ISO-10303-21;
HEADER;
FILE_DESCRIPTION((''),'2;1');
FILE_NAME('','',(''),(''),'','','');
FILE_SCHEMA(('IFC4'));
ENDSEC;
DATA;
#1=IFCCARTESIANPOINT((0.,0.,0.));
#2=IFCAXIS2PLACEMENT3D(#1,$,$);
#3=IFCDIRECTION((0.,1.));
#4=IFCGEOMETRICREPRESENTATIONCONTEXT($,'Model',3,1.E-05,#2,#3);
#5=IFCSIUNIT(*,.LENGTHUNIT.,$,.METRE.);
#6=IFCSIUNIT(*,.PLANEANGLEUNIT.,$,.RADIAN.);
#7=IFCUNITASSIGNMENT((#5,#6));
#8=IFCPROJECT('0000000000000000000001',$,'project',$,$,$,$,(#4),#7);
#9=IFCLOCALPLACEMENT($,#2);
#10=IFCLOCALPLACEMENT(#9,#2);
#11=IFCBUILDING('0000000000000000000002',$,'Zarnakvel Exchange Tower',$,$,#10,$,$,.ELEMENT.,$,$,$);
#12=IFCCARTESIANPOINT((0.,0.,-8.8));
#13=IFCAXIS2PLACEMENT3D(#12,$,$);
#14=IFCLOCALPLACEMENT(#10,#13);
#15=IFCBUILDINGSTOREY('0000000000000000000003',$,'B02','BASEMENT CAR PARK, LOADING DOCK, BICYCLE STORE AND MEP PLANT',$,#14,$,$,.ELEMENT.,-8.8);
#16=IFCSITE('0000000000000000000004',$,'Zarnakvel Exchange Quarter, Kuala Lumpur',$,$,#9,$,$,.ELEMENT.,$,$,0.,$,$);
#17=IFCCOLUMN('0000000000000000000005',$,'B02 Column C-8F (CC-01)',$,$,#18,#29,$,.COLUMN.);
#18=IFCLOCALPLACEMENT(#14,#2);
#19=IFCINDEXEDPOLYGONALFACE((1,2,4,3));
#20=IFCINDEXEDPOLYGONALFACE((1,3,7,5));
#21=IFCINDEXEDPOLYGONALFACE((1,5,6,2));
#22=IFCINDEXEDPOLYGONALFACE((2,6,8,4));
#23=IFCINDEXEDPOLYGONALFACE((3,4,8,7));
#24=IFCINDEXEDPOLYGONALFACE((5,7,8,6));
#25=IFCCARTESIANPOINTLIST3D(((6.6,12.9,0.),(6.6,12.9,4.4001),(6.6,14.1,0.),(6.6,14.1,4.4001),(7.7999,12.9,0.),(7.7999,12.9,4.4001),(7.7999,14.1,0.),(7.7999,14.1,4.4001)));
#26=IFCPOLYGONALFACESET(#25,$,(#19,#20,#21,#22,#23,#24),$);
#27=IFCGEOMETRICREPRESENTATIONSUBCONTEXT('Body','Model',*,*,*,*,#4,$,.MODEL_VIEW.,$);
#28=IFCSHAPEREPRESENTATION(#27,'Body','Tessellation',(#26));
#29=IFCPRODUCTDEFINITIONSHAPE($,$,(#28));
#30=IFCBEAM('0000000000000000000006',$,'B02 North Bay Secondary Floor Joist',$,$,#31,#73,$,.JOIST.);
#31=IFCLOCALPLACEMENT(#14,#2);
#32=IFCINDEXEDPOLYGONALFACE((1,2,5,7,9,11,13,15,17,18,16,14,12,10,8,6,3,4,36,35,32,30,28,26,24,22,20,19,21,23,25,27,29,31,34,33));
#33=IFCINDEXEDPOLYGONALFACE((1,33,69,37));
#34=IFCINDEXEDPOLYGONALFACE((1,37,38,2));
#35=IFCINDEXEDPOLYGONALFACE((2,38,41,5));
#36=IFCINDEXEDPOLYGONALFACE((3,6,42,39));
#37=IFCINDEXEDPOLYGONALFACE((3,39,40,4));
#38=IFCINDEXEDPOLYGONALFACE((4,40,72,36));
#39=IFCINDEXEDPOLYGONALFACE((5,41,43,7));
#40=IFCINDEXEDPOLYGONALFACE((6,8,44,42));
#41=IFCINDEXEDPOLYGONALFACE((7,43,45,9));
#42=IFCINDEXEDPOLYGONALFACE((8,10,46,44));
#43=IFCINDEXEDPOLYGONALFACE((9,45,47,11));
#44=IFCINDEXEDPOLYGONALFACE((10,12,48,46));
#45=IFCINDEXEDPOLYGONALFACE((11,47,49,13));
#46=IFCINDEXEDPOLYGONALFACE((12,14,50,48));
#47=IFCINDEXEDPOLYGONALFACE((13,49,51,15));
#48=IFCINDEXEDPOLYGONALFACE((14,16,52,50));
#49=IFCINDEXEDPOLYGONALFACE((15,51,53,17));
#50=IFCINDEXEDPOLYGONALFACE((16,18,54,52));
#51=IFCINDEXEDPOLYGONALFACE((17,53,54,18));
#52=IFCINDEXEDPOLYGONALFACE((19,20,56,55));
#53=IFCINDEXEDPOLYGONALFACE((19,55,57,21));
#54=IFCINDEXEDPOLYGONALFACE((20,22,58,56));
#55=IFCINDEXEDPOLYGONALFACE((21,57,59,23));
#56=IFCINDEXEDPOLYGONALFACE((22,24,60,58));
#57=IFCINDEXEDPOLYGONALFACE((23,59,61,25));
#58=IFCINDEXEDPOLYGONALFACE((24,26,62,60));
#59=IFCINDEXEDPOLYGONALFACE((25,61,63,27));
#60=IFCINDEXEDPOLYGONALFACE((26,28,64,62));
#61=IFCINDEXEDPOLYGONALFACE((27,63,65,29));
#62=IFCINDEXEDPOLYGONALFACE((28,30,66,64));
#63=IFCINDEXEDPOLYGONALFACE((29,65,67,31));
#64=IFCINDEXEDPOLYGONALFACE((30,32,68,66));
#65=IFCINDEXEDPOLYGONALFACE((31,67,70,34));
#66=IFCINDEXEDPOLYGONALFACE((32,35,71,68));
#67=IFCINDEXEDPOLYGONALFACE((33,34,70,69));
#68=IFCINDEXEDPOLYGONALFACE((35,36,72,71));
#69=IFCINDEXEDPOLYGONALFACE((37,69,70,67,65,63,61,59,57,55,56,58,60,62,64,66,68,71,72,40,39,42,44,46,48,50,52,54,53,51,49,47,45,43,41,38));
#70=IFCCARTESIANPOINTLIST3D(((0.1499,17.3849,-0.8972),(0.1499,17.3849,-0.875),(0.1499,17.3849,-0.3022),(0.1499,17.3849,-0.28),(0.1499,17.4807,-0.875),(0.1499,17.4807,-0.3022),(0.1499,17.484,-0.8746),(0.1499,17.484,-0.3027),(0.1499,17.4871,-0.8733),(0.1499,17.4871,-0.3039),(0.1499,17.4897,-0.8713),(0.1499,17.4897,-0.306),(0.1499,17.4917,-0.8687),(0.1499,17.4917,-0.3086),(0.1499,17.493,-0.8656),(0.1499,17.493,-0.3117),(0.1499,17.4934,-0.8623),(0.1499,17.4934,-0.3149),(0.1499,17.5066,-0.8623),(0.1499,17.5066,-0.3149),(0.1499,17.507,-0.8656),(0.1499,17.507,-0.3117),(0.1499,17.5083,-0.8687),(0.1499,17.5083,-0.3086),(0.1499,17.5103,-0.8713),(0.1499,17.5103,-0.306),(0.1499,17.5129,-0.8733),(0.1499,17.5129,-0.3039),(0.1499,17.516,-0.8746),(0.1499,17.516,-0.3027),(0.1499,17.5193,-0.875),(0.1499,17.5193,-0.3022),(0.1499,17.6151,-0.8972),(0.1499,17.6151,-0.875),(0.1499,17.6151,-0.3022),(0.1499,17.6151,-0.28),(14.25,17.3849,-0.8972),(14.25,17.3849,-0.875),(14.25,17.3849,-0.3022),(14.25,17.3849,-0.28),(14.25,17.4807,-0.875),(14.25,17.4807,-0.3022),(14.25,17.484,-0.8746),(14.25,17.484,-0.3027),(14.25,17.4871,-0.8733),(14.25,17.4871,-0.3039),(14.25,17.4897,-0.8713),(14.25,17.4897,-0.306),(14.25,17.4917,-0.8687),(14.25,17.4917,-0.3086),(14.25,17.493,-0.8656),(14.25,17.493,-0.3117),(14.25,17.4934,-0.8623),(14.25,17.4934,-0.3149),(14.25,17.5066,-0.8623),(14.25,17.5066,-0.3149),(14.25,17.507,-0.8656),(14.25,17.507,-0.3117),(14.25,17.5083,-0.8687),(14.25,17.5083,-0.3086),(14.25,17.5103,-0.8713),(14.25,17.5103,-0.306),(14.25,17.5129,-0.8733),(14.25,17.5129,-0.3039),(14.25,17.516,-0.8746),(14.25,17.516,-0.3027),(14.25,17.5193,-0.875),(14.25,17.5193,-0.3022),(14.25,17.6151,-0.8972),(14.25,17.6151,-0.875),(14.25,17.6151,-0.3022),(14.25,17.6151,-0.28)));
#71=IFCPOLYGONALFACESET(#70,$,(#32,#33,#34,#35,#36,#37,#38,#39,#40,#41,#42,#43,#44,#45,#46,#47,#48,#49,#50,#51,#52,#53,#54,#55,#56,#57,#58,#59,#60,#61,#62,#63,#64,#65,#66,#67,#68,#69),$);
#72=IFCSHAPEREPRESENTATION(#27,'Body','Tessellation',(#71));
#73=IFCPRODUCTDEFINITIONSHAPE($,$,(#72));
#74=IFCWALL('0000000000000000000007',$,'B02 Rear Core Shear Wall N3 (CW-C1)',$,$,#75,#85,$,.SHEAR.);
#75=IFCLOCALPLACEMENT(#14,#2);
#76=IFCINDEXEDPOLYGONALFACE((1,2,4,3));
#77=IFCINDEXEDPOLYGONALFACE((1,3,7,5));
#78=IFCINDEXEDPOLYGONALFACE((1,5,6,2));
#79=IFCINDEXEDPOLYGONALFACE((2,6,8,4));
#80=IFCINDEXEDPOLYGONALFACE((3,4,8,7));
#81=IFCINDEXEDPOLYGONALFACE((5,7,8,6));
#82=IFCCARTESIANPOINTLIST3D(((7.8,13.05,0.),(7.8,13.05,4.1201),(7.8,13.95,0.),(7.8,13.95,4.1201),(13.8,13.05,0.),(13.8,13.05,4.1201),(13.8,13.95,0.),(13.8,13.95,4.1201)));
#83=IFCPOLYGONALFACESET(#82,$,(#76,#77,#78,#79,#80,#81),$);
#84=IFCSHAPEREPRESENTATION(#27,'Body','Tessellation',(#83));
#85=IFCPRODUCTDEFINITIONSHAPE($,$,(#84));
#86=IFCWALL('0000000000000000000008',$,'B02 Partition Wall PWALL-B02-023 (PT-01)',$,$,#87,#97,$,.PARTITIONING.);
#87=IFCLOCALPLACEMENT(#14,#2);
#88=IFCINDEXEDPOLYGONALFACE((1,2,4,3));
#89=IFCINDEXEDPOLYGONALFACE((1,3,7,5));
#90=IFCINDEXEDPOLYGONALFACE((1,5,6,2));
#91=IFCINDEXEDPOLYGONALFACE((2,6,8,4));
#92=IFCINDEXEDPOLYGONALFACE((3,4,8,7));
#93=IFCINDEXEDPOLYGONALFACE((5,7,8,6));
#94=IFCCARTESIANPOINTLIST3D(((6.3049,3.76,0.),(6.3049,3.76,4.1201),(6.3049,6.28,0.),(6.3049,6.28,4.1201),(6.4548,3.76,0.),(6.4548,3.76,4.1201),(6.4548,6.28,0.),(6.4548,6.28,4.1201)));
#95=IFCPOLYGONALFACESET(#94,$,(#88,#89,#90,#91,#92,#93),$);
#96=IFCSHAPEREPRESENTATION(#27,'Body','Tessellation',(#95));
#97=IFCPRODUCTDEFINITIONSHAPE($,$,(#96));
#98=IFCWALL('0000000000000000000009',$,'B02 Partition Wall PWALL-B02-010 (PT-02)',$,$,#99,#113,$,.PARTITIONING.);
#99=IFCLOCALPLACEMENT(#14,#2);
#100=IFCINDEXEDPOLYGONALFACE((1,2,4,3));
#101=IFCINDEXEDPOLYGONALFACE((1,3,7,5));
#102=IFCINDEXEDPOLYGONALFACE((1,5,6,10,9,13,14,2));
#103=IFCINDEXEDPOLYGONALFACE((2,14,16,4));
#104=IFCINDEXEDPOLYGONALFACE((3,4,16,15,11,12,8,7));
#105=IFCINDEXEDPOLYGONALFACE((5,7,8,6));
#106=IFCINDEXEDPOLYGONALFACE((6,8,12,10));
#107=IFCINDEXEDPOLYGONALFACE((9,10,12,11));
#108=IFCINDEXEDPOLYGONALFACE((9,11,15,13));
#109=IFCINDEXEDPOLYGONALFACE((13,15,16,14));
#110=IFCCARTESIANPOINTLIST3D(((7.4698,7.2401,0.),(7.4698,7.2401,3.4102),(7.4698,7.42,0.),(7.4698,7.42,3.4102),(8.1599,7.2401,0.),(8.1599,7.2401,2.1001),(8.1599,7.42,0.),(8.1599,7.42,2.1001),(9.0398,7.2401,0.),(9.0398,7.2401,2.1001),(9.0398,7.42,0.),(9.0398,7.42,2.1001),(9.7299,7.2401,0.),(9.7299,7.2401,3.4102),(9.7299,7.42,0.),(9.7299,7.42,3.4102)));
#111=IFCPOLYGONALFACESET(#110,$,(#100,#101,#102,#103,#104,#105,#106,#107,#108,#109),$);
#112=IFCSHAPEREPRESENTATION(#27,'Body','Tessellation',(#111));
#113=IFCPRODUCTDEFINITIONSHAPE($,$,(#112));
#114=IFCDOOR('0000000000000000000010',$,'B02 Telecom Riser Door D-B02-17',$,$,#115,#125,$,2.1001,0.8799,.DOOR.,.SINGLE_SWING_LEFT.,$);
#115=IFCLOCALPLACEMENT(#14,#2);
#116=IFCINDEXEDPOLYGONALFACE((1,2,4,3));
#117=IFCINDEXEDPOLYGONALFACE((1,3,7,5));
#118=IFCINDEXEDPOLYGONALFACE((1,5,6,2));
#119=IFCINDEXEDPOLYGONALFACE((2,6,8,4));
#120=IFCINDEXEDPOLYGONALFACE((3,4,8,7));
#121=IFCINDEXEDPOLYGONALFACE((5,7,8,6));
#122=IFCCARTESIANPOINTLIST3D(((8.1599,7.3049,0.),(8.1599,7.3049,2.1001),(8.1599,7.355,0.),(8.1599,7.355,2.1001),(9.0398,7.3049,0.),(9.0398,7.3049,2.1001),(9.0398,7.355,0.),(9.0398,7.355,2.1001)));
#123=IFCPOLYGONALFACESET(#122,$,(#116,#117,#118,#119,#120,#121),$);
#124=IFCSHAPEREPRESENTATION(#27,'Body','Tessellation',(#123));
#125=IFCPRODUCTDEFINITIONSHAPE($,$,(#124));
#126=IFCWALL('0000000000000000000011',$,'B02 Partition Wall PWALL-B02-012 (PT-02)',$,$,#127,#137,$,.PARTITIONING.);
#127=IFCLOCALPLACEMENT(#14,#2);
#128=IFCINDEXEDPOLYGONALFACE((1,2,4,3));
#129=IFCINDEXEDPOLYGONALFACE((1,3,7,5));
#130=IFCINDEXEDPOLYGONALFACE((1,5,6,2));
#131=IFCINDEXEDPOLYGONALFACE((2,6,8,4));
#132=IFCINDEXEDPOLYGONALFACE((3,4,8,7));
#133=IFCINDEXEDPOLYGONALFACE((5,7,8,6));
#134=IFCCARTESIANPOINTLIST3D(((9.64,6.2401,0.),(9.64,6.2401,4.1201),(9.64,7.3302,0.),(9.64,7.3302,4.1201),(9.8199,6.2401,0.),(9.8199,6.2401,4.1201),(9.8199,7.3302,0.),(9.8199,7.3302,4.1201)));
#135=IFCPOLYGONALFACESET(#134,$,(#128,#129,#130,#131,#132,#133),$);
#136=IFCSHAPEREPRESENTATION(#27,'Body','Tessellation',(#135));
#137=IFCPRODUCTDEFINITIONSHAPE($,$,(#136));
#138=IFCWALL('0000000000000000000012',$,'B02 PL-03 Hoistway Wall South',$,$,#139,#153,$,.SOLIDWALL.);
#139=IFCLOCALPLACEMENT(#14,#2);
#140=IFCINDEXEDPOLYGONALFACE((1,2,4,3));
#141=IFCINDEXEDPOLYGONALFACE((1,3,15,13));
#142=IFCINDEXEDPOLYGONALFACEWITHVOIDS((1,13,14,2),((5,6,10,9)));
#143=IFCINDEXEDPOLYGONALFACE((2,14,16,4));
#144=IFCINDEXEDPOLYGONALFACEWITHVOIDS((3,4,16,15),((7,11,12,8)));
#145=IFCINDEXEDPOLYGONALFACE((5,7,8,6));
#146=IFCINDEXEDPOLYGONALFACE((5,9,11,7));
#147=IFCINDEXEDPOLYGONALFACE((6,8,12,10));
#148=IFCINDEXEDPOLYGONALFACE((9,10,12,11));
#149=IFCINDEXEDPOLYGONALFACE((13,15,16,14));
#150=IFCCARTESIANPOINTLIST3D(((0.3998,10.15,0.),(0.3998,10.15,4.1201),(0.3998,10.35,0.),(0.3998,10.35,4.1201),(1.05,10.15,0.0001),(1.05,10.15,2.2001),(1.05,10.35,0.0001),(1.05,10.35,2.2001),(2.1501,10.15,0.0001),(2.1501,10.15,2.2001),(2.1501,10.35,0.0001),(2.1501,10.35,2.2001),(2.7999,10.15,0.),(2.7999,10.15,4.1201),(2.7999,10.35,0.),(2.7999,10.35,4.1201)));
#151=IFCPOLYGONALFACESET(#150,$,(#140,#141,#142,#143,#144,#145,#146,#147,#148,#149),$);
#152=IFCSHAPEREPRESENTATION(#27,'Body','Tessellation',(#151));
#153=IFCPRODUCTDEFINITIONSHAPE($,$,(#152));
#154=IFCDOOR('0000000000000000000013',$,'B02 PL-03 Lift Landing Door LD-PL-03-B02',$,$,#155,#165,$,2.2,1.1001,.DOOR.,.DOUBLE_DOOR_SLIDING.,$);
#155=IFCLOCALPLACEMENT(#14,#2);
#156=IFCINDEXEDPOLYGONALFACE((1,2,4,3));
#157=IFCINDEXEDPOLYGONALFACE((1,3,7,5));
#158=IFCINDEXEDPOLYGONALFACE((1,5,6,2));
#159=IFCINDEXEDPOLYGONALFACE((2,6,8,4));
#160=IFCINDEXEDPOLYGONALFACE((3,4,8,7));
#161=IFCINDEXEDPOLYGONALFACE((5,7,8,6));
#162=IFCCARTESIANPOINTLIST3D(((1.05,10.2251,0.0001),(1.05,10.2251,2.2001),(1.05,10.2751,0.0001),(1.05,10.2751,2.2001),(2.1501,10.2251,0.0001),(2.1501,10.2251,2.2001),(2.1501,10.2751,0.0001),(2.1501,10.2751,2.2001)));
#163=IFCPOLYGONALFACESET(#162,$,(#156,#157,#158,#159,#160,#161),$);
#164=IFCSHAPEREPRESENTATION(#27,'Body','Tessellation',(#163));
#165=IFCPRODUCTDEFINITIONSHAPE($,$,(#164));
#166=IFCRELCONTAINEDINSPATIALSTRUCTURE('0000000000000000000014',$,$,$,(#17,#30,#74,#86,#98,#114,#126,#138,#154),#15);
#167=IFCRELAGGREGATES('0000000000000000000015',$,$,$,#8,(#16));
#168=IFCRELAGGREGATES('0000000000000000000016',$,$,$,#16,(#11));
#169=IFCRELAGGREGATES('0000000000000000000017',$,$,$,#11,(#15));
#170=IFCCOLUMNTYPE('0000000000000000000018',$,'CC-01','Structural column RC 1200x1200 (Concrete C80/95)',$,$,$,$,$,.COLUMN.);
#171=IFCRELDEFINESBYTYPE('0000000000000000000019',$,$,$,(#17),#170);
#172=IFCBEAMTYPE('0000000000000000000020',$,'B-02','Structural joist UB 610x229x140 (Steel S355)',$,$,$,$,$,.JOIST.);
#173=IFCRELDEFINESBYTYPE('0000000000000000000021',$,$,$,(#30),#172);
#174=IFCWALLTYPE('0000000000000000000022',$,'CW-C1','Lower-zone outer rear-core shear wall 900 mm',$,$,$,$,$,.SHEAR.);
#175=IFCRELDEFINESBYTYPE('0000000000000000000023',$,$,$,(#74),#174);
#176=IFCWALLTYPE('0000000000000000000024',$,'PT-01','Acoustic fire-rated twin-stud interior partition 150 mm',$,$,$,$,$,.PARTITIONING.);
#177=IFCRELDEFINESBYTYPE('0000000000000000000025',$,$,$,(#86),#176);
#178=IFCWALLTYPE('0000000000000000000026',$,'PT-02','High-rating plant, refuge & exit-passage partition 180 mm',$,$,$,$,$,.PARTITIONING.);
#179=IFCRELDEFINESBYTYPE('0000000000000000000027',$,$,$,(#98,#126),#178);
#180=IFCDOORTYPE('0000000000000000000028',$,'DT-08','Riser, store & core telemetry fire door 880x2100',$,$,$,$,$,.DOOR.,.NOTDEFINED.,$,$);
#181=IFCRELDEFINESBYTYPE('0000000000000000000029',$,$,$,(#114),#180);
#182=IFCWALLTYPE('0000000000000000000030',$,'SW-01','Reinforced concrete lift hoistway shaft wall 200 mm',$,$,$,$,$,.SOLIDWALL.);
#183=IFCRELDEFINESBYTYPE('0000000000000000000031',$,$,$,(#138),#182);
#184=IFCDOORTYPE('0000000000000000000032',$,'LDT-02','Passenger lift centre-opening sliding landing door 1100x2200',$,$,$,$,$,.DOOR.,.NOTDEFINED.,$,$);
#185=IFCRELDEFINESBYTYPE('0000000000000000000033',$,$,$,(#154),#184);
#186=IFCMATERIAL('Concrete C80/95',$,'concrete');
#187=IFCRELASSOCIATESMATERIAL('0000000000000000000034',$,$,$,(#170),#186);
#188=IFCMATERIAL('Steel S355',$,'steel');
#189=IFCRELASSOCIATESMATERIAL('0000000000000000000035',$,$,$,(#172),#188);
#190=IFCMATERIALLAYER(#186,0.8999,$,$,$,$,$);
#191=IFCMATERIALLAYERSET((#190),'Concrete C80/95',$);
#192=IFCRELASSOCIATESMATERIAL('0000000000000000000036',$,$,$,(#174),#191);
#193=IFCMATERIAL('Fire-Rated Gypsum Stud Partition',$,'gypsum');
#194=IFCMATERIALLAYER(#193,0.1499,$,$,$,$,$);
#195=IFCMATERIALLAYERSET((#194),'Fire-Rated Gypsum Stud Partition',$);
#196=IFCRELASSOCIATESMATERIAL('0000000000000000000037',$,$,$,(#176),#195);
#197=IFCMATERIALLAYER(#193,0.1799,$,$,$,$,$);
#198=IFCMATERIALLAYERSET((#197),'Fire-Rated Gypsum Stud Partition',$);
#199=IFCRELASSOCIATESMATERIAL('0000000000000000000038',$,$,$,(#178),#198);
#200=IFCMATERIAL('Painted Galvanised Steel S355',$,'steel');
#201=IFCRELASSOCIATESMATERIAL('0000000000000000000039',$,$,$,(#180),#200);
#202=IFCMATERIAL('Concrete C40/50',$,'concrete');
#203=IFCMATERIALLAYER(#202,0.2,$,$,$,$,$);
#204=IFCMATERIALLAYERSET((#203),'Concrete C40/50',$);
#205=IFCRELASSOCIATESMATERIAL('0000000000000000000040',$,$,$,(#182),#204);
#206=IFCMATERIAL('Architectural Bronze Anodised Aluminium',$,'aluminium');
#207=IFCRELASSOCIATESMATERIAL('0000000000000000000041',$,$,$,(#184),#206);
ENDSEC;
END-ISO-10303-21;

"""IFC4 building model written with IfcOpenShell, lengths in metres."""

from ifc_helpers import new_model, si_unit, direction, frame, frame_2d, origin, origin_2d, place, context, subcontext, project, spatial, rectangle, i_section, extrude, source, transform, mapped, material, layer, layer_set, material_profile, profile_set, type_object, element, fill, save


model = new_model("IFC4")

# Units and contexts
model_context = context("Model", 3, precision=1e-05, world=origin(), true_north=direction((0.0, 1.0)))
body_context = subcontext(model_context, "Body", "Model", "MODEL_VIEW")
ifc_project = project(units=[si_unit("LENGTHUNIT", "METRE"), si_unit("PLANEANGLEUNIT", "RADIAN")], contexts=[model_context])

# Site, building, storey
site_placement = place(None, origin())
site = spatial("IfcSite", under=ifc_project, at=site_placement, Name="Zarnakvel Exchange Quarter, Kuala Lumpur", CompositionType="ELEMENT", RefElevation=0.0)
building_placement = place(site_placement, origin())
building = spatial("IfcBuilding", under=site, at=building_placement, Name="Zarnakvel Exchange Tower", CompositionType="ELEMENT")
storey_placement = place(building_placement, frame((0.0, 0.0, -8.8)))
storey = spatial("IfcBuildingStorey", under=building, at=storey_placement, Name="B02", Description="BASEMENT CAR PARK, LOADING DOCK, BICYCLE STORE AND MEP PLANT", CompositionType="ELEMENT", Elevation=-8.8)

# Column
ifc_material_1 = material(Name="Concrete C80/95", Category="concrete")
ifc_material_profile_1 = material_profile(ifc_material_1, rectangle(XDim=1.2, YDim=1.2, at=origin_2d()))
ifc_profile_set_1 = profile_set([ifc_material_profile_1], Name="Concrete C80/95")
column_type = type_object("IfcColumnType", Name="CC-01", Description="Structural column RC 1200x1200 (Concrete C80/95)", PredefinedType="COLUMN", material=ifc_profile_set_1)
column_placement = place(storey_placement, frame((7.2, 13.5, 0.0), z_axis=(0.0, 0.0, 1.0), x_axis=(1.0, 0.0, 0.0)))
element("IfcColumn", 1, at=column_placement, inside=storey, type_object=column_type, Name="B02 Column C-8F (CC-01)", PredefinedType="COLUMN", context=body_context, shape_type="SweptSolid", body=[
    extrude(rectangle(XDim=1.2, YDim=1.2, at=origin_2d()), origin(), (0.0, 0.0, 1.0), 4.4001),
])

# Beam
ifc_material_2 = material(Name="Steel S355", Category="steel")
ifc_material_profile_2 = material_profile(ifc_material_2, i_section(OverallWidth=0.2302, OverallDepth=0.6172, WebThickness=0.0132, FlangeThickness=0.0222, FilletRadius=0.0127, at=origin_2d()))
ifc_profile_set_2 = profile_set([ifc_material_profile_2], Name="Steel S355")
beam_type = type_object("IfcBeamType", Name="B-02", Description="Structural joist UB 610x229x140 (Steel S355)", PredefinedType="JOIST", material=ifc_profile_set_2)
beam_placement = place(storey_placement, frame((0.1499, 17.5, -0.5886), z_axis=(1.0, 0.0, 0.0), x_axis=(0.0, 1.0, 0.0)))
element("IfcBeam", 2, at=beam_placement, inside=storey, type_object=beam_type, Name="B02 North Bay Secondary Floor Joist", PredefinedType="JOIST", context=body_context, shape_type="SweptSolid", body=[
    extrude(i_section(OverallWidth=0.2302, OverallDepth=0.6172, WebThickness=0.0132, FlangeThickness=0.0222, FilletRadius=0.0127, at=origin_2d()), origin(), (0.0, 0.0, 1.0), 14.1001),
])

# Wall
ifc_layer_1 = layer(ifc_material_1, 0.8999)
ifc_layer_set_1 = layer_set([ifc_layer_1], Name="Concrete C80/95")
wall_type_1 = type_object("IfcWallType", Name="CW-C1", Description="Lower-zone outer rear-core shear wall 900 mm", PredefinedType="SHEAR", material=ifc_layer_set_1)
wall_1_placement = place(storey_placement, frame((7.8, 13.5, 0.0), z_axis=(0.0, 0.0, 1.0), x_axis=(1.0, 0.0, 0.0)))
element("IfcWall", 3, at=wall_1_placement, inside=storey, type_object=wall_type_1, Name="B02 Rear Core Shear Wall N3 (CW-C1)", PredefinedType="SHEAR", context=body_context, shape_type="SweptSolid", body=[
    extrude(rectangle(XDim=6.0, YDim=0.8999, at=frame_2d((3.0, 0.0))), origin(), (0.0, 0.0, 1.0), 4.1201),
])

# Shared definitions
ifc_material_3 = material(Name="Fire-Rated Gypsum Stud Partition", Category="gypsum")
ifc_layer_2 = layer(ifc_material_3, 0.1499)
ifc_layer_set_2 = layer_set([ifc_layer_2], Name="Fire-Rated Gypsum Stud Partition")
wall_type_2 = type_object("IfcWallType", Name="PT-01", Description="Acoustic fire-rated twin-stud interior partition 150 mm", PredefinedType="PARTITIONING", material=ifc_layer_set_2)

# Wall
wall_2_placement = place(storey_placement, frame((6.3799, 6.28, 0.0), z_axis=(0.0, 0.0, 1.0), x_axis=(0.0, -1.0, 0.0)))
element("IfcWall", 4, at=wall_2_placement, inside=storey, type_object=wall_type_2, Name="B02 Partition Wall PWALL-B02-023 (PT-01)", PredefinedType="PARTITIONING", context=body_context, shape_type="SweptSolid", body=[
    extrude(rectangle(XDim=2.52, YDim=0.1499, at=frame_2d((1.26, 0.0))), origin(), (0.0, 0.0, 1.0), 4.1201),
])

# Wall, opening, door
ifc_layer_3 = layer(ifc_material_3, 0.1799)
ifc_layer_set_3 = layer_set([ifc_layer_3], Name="Fire-Rated Gypsum Stud Partition")
wall_type_3 = type_object("IfcWallType", Name="PT-02", Description="High-rating plant, refuge & exit-passage partition 180 mm", PredefinedType="PARTITIONING", material=ifc_layer_set_3)
wall_3_placement = place(storey_placement, frame((7.47, 7.3301, 0.0), z_axis=(0.0, 0.0, 1.0), x_axis=(1.0, 0.0, 0.0)))
wall_3 = element("IfcWall", 5, at=wall_3_placement, inside=storey, type_object=wall_type_3, Name="B02 Partition Wall PWALL-B02-010 (PT-02)", PredefinedType="PARTITIONING", context=body_context, shape_type="SweptSolid", body=[
    extrude(rectangle(XDim=2.26, YDim=0.1799, at=frame_2d((1.1299, 0.0))), origin(), (0.0, 0.0, 1.0), 3.4102),
])
opening_1_placement = place(wall_3_placement, frame((0.6899, 0.0, 0.0)))
opening_1 = element("IfcOpeningElement", 6, at=opening_1_placement, cuts=wall_3, PredefinedType="OPENING", context=body_context, shape_type="SweptSolid", body=[
    extrude(rectangle(XDim=0.8799, YDim=2.1001, at=frame_2d((0.4399, 1.05))), frame((0.0, 0.0999, 0.0), z_axis=(0.0, -1.0, 0.0), x_axis=(1.0, 0.0, 0.0)), (0.0, 0.0, 1.0), 0.2),
])
ifc_material_4 = material(Name="Painted Galvanised Steel S355", Category="steel")
door_type_1 = type_object("IfcDoorType", Name="DT-08", Description="Riser, store & core telemetry fire door 880x2100", OperationType="NOTDEFINED", PredefinedType="DOOR", material=ifc_material_4)
shared_shape_1 = source(origin(), body_context, "Body", "SweptSolid", [
    extrude(rectangle(XDim=0.8799, YDim=2.1001, at=frame_2d((0.4399, 1.05))), frame((0.0, 0.0249, 0.0), z_axis=(0.0, -1.0, 0.0), x_axis=(1.0, 0.0, 0.0)), (0.0, 0.0, 1.0), 0.05),
])
door_1_placement = place(opening_1_placement, origin())
door_1 = element("IfcDoor", 7, at=door_1_placement, inside=storey, type_object=door_type_1, Name="B02 Telecom Riser Door D-B02-17", OperationType="SINGLE_SWING_LEFT", OverallHeight=2.1001, OverallWidth=0.8799, PredefinedType="DOOR", context=body_context, shape_type="MappedRepresentation", body=[
    mapped(shared_shape_1, transform((0.0, 0.0, 0.0), x_axis=(1.0, 0.0, 0.0), y_axis=(0.0, 1.0, 0.0), z_axis=(0.0, 0.0, 1.0), scale=1.0)),
])
fill(opening_1, door_1)

# Wall
wall_4_placement = place(storey_placement, frame((9.73, 7.3301, 0.0), z_axis=(0.0, 0.0, 1.0), x_axis=(0.0, -1.0, 0.0)))
element("IfcWall", 8, at=wall_4_placement, inside=storey, type_object=wall_type_3, Name="B02 Partition Wall PWALL-B02-012 (PT-02)", PredefinedType="PARTITIONING", context=body_context, shape_type="SweptSolid", body=[
    extrude(rectangle(XDim=1.0901, YDim=0.1799, at=frame_2d((0.5449, 0.0))), origin(), (0.0, 0.0, 1.0), 4.1201),
])

# Wall, opening, door
ifc_material_5 = material(Name="Concrete C40/50", Category="concrete")
ifc_layer_4 = layer(ifc_material_5, 0.2)
ifc_layer_set_4 = layer_set([ifc_layer_4], Name="Concrete C40/50")
wall_type_4 = type_object("IfcWallType", Name="SW-01", Description="Reinforced concrete lift hoistway shaft wall 200 mm", PredefinedType="SOLIDWALL", material=ifc_layer_set_4)
wall_5_placement = place(storey_placement, frame((2.8, 10.25, 0.0), z_axis=(0.0, 0.0, 1.0), x_axis=(-1.0, 0.0, 0.0)))
wall_5 = element("IfcWall", 9, at=wall_5_placement, inside=storey, type_object=wall_type_4, Name="B02 PL-03 Hoistway Wall South", PredefinedType="SOLIDWALL", context=body_context, shape_type="SweptSolid", body=[
    extrude(rectangle(XDim=2.4001, YDim=0.2, at=frame_2d((1.2002, 0.0))), origin(), (0.0, 0.0, 1.0), 4.1201),
])
opening_2_placement = place(wall_5_placement, frame((0.6499, 0.0, 0.0)))
opening_2 = element("IfcOpeningElement", 10, at=opening_2_placement, cuts=wall_5, PredefinedType="OPENING", context=body_context, shape_type="SweptSolid", body=[
    extrude(rectangle(XDim=1.1001, YDim=2.2, at=frame_2d((0.55, 1.1001))), frame((0.0, 0.1099, 0.0), z_axis=(0.0, -1.0, 0.0), x_axis=(1.0, 0.0, 0.0)), (0.0, 0.0, 1.0), 0.22),
])
ifc_material_6 = material(Name="Architectural Bronze Anodised Aluminium", Category="aluminium")
door_type_2 = type_object("IfcDoorType", Name="LDT-02", Description="Passenger lift centre-opening sliding landing door 1100x2200", OperationType="NOTDEFINED", PredefinedType="DOOR", material=ifc_material_6)
shared_shape_2 = source(origin(), body_context, "Body", "SweptSolid", [
    extrude(rectangle(XDim=1.1001, YDim=2.2, at=frame_2d((0.55, 1.1001))), frame((0.0, 0.0249, 0.0), z_axis=(0.0, -1.0, 0.0), x_axis=(1.0, 0.0, 0.0)), (0.0, 0.0, 1.0), 0.05),
])
door_2_placement = place(opening_2_placement, origin())
door_2 = element("IfcDoor", 11, at=door_2_placement, inside=storey, type_object=door_type_2, Name="B02 PL-03 Lift Landing Door LD-PL-03-B02", OperationType="DOUBLE_DOOR_SLIDING", OverallHeight=2.2, OverallWidth=1.1001, PredefinedType="DOOR", context=body_context, shape_type="MappedRepresentation", body=[
    mapped(shared_shape_2, transform((0.0, 0.0, 0.0), x_axis=(1.0, 0.0, 0.0), y_axis=(0.0, 1.0, 0.0), z_axis=(0.0, 0.0, 1.0), scale=1.0)),
])
fill(opening_2, door_2)

save(model, "model.ifc")
